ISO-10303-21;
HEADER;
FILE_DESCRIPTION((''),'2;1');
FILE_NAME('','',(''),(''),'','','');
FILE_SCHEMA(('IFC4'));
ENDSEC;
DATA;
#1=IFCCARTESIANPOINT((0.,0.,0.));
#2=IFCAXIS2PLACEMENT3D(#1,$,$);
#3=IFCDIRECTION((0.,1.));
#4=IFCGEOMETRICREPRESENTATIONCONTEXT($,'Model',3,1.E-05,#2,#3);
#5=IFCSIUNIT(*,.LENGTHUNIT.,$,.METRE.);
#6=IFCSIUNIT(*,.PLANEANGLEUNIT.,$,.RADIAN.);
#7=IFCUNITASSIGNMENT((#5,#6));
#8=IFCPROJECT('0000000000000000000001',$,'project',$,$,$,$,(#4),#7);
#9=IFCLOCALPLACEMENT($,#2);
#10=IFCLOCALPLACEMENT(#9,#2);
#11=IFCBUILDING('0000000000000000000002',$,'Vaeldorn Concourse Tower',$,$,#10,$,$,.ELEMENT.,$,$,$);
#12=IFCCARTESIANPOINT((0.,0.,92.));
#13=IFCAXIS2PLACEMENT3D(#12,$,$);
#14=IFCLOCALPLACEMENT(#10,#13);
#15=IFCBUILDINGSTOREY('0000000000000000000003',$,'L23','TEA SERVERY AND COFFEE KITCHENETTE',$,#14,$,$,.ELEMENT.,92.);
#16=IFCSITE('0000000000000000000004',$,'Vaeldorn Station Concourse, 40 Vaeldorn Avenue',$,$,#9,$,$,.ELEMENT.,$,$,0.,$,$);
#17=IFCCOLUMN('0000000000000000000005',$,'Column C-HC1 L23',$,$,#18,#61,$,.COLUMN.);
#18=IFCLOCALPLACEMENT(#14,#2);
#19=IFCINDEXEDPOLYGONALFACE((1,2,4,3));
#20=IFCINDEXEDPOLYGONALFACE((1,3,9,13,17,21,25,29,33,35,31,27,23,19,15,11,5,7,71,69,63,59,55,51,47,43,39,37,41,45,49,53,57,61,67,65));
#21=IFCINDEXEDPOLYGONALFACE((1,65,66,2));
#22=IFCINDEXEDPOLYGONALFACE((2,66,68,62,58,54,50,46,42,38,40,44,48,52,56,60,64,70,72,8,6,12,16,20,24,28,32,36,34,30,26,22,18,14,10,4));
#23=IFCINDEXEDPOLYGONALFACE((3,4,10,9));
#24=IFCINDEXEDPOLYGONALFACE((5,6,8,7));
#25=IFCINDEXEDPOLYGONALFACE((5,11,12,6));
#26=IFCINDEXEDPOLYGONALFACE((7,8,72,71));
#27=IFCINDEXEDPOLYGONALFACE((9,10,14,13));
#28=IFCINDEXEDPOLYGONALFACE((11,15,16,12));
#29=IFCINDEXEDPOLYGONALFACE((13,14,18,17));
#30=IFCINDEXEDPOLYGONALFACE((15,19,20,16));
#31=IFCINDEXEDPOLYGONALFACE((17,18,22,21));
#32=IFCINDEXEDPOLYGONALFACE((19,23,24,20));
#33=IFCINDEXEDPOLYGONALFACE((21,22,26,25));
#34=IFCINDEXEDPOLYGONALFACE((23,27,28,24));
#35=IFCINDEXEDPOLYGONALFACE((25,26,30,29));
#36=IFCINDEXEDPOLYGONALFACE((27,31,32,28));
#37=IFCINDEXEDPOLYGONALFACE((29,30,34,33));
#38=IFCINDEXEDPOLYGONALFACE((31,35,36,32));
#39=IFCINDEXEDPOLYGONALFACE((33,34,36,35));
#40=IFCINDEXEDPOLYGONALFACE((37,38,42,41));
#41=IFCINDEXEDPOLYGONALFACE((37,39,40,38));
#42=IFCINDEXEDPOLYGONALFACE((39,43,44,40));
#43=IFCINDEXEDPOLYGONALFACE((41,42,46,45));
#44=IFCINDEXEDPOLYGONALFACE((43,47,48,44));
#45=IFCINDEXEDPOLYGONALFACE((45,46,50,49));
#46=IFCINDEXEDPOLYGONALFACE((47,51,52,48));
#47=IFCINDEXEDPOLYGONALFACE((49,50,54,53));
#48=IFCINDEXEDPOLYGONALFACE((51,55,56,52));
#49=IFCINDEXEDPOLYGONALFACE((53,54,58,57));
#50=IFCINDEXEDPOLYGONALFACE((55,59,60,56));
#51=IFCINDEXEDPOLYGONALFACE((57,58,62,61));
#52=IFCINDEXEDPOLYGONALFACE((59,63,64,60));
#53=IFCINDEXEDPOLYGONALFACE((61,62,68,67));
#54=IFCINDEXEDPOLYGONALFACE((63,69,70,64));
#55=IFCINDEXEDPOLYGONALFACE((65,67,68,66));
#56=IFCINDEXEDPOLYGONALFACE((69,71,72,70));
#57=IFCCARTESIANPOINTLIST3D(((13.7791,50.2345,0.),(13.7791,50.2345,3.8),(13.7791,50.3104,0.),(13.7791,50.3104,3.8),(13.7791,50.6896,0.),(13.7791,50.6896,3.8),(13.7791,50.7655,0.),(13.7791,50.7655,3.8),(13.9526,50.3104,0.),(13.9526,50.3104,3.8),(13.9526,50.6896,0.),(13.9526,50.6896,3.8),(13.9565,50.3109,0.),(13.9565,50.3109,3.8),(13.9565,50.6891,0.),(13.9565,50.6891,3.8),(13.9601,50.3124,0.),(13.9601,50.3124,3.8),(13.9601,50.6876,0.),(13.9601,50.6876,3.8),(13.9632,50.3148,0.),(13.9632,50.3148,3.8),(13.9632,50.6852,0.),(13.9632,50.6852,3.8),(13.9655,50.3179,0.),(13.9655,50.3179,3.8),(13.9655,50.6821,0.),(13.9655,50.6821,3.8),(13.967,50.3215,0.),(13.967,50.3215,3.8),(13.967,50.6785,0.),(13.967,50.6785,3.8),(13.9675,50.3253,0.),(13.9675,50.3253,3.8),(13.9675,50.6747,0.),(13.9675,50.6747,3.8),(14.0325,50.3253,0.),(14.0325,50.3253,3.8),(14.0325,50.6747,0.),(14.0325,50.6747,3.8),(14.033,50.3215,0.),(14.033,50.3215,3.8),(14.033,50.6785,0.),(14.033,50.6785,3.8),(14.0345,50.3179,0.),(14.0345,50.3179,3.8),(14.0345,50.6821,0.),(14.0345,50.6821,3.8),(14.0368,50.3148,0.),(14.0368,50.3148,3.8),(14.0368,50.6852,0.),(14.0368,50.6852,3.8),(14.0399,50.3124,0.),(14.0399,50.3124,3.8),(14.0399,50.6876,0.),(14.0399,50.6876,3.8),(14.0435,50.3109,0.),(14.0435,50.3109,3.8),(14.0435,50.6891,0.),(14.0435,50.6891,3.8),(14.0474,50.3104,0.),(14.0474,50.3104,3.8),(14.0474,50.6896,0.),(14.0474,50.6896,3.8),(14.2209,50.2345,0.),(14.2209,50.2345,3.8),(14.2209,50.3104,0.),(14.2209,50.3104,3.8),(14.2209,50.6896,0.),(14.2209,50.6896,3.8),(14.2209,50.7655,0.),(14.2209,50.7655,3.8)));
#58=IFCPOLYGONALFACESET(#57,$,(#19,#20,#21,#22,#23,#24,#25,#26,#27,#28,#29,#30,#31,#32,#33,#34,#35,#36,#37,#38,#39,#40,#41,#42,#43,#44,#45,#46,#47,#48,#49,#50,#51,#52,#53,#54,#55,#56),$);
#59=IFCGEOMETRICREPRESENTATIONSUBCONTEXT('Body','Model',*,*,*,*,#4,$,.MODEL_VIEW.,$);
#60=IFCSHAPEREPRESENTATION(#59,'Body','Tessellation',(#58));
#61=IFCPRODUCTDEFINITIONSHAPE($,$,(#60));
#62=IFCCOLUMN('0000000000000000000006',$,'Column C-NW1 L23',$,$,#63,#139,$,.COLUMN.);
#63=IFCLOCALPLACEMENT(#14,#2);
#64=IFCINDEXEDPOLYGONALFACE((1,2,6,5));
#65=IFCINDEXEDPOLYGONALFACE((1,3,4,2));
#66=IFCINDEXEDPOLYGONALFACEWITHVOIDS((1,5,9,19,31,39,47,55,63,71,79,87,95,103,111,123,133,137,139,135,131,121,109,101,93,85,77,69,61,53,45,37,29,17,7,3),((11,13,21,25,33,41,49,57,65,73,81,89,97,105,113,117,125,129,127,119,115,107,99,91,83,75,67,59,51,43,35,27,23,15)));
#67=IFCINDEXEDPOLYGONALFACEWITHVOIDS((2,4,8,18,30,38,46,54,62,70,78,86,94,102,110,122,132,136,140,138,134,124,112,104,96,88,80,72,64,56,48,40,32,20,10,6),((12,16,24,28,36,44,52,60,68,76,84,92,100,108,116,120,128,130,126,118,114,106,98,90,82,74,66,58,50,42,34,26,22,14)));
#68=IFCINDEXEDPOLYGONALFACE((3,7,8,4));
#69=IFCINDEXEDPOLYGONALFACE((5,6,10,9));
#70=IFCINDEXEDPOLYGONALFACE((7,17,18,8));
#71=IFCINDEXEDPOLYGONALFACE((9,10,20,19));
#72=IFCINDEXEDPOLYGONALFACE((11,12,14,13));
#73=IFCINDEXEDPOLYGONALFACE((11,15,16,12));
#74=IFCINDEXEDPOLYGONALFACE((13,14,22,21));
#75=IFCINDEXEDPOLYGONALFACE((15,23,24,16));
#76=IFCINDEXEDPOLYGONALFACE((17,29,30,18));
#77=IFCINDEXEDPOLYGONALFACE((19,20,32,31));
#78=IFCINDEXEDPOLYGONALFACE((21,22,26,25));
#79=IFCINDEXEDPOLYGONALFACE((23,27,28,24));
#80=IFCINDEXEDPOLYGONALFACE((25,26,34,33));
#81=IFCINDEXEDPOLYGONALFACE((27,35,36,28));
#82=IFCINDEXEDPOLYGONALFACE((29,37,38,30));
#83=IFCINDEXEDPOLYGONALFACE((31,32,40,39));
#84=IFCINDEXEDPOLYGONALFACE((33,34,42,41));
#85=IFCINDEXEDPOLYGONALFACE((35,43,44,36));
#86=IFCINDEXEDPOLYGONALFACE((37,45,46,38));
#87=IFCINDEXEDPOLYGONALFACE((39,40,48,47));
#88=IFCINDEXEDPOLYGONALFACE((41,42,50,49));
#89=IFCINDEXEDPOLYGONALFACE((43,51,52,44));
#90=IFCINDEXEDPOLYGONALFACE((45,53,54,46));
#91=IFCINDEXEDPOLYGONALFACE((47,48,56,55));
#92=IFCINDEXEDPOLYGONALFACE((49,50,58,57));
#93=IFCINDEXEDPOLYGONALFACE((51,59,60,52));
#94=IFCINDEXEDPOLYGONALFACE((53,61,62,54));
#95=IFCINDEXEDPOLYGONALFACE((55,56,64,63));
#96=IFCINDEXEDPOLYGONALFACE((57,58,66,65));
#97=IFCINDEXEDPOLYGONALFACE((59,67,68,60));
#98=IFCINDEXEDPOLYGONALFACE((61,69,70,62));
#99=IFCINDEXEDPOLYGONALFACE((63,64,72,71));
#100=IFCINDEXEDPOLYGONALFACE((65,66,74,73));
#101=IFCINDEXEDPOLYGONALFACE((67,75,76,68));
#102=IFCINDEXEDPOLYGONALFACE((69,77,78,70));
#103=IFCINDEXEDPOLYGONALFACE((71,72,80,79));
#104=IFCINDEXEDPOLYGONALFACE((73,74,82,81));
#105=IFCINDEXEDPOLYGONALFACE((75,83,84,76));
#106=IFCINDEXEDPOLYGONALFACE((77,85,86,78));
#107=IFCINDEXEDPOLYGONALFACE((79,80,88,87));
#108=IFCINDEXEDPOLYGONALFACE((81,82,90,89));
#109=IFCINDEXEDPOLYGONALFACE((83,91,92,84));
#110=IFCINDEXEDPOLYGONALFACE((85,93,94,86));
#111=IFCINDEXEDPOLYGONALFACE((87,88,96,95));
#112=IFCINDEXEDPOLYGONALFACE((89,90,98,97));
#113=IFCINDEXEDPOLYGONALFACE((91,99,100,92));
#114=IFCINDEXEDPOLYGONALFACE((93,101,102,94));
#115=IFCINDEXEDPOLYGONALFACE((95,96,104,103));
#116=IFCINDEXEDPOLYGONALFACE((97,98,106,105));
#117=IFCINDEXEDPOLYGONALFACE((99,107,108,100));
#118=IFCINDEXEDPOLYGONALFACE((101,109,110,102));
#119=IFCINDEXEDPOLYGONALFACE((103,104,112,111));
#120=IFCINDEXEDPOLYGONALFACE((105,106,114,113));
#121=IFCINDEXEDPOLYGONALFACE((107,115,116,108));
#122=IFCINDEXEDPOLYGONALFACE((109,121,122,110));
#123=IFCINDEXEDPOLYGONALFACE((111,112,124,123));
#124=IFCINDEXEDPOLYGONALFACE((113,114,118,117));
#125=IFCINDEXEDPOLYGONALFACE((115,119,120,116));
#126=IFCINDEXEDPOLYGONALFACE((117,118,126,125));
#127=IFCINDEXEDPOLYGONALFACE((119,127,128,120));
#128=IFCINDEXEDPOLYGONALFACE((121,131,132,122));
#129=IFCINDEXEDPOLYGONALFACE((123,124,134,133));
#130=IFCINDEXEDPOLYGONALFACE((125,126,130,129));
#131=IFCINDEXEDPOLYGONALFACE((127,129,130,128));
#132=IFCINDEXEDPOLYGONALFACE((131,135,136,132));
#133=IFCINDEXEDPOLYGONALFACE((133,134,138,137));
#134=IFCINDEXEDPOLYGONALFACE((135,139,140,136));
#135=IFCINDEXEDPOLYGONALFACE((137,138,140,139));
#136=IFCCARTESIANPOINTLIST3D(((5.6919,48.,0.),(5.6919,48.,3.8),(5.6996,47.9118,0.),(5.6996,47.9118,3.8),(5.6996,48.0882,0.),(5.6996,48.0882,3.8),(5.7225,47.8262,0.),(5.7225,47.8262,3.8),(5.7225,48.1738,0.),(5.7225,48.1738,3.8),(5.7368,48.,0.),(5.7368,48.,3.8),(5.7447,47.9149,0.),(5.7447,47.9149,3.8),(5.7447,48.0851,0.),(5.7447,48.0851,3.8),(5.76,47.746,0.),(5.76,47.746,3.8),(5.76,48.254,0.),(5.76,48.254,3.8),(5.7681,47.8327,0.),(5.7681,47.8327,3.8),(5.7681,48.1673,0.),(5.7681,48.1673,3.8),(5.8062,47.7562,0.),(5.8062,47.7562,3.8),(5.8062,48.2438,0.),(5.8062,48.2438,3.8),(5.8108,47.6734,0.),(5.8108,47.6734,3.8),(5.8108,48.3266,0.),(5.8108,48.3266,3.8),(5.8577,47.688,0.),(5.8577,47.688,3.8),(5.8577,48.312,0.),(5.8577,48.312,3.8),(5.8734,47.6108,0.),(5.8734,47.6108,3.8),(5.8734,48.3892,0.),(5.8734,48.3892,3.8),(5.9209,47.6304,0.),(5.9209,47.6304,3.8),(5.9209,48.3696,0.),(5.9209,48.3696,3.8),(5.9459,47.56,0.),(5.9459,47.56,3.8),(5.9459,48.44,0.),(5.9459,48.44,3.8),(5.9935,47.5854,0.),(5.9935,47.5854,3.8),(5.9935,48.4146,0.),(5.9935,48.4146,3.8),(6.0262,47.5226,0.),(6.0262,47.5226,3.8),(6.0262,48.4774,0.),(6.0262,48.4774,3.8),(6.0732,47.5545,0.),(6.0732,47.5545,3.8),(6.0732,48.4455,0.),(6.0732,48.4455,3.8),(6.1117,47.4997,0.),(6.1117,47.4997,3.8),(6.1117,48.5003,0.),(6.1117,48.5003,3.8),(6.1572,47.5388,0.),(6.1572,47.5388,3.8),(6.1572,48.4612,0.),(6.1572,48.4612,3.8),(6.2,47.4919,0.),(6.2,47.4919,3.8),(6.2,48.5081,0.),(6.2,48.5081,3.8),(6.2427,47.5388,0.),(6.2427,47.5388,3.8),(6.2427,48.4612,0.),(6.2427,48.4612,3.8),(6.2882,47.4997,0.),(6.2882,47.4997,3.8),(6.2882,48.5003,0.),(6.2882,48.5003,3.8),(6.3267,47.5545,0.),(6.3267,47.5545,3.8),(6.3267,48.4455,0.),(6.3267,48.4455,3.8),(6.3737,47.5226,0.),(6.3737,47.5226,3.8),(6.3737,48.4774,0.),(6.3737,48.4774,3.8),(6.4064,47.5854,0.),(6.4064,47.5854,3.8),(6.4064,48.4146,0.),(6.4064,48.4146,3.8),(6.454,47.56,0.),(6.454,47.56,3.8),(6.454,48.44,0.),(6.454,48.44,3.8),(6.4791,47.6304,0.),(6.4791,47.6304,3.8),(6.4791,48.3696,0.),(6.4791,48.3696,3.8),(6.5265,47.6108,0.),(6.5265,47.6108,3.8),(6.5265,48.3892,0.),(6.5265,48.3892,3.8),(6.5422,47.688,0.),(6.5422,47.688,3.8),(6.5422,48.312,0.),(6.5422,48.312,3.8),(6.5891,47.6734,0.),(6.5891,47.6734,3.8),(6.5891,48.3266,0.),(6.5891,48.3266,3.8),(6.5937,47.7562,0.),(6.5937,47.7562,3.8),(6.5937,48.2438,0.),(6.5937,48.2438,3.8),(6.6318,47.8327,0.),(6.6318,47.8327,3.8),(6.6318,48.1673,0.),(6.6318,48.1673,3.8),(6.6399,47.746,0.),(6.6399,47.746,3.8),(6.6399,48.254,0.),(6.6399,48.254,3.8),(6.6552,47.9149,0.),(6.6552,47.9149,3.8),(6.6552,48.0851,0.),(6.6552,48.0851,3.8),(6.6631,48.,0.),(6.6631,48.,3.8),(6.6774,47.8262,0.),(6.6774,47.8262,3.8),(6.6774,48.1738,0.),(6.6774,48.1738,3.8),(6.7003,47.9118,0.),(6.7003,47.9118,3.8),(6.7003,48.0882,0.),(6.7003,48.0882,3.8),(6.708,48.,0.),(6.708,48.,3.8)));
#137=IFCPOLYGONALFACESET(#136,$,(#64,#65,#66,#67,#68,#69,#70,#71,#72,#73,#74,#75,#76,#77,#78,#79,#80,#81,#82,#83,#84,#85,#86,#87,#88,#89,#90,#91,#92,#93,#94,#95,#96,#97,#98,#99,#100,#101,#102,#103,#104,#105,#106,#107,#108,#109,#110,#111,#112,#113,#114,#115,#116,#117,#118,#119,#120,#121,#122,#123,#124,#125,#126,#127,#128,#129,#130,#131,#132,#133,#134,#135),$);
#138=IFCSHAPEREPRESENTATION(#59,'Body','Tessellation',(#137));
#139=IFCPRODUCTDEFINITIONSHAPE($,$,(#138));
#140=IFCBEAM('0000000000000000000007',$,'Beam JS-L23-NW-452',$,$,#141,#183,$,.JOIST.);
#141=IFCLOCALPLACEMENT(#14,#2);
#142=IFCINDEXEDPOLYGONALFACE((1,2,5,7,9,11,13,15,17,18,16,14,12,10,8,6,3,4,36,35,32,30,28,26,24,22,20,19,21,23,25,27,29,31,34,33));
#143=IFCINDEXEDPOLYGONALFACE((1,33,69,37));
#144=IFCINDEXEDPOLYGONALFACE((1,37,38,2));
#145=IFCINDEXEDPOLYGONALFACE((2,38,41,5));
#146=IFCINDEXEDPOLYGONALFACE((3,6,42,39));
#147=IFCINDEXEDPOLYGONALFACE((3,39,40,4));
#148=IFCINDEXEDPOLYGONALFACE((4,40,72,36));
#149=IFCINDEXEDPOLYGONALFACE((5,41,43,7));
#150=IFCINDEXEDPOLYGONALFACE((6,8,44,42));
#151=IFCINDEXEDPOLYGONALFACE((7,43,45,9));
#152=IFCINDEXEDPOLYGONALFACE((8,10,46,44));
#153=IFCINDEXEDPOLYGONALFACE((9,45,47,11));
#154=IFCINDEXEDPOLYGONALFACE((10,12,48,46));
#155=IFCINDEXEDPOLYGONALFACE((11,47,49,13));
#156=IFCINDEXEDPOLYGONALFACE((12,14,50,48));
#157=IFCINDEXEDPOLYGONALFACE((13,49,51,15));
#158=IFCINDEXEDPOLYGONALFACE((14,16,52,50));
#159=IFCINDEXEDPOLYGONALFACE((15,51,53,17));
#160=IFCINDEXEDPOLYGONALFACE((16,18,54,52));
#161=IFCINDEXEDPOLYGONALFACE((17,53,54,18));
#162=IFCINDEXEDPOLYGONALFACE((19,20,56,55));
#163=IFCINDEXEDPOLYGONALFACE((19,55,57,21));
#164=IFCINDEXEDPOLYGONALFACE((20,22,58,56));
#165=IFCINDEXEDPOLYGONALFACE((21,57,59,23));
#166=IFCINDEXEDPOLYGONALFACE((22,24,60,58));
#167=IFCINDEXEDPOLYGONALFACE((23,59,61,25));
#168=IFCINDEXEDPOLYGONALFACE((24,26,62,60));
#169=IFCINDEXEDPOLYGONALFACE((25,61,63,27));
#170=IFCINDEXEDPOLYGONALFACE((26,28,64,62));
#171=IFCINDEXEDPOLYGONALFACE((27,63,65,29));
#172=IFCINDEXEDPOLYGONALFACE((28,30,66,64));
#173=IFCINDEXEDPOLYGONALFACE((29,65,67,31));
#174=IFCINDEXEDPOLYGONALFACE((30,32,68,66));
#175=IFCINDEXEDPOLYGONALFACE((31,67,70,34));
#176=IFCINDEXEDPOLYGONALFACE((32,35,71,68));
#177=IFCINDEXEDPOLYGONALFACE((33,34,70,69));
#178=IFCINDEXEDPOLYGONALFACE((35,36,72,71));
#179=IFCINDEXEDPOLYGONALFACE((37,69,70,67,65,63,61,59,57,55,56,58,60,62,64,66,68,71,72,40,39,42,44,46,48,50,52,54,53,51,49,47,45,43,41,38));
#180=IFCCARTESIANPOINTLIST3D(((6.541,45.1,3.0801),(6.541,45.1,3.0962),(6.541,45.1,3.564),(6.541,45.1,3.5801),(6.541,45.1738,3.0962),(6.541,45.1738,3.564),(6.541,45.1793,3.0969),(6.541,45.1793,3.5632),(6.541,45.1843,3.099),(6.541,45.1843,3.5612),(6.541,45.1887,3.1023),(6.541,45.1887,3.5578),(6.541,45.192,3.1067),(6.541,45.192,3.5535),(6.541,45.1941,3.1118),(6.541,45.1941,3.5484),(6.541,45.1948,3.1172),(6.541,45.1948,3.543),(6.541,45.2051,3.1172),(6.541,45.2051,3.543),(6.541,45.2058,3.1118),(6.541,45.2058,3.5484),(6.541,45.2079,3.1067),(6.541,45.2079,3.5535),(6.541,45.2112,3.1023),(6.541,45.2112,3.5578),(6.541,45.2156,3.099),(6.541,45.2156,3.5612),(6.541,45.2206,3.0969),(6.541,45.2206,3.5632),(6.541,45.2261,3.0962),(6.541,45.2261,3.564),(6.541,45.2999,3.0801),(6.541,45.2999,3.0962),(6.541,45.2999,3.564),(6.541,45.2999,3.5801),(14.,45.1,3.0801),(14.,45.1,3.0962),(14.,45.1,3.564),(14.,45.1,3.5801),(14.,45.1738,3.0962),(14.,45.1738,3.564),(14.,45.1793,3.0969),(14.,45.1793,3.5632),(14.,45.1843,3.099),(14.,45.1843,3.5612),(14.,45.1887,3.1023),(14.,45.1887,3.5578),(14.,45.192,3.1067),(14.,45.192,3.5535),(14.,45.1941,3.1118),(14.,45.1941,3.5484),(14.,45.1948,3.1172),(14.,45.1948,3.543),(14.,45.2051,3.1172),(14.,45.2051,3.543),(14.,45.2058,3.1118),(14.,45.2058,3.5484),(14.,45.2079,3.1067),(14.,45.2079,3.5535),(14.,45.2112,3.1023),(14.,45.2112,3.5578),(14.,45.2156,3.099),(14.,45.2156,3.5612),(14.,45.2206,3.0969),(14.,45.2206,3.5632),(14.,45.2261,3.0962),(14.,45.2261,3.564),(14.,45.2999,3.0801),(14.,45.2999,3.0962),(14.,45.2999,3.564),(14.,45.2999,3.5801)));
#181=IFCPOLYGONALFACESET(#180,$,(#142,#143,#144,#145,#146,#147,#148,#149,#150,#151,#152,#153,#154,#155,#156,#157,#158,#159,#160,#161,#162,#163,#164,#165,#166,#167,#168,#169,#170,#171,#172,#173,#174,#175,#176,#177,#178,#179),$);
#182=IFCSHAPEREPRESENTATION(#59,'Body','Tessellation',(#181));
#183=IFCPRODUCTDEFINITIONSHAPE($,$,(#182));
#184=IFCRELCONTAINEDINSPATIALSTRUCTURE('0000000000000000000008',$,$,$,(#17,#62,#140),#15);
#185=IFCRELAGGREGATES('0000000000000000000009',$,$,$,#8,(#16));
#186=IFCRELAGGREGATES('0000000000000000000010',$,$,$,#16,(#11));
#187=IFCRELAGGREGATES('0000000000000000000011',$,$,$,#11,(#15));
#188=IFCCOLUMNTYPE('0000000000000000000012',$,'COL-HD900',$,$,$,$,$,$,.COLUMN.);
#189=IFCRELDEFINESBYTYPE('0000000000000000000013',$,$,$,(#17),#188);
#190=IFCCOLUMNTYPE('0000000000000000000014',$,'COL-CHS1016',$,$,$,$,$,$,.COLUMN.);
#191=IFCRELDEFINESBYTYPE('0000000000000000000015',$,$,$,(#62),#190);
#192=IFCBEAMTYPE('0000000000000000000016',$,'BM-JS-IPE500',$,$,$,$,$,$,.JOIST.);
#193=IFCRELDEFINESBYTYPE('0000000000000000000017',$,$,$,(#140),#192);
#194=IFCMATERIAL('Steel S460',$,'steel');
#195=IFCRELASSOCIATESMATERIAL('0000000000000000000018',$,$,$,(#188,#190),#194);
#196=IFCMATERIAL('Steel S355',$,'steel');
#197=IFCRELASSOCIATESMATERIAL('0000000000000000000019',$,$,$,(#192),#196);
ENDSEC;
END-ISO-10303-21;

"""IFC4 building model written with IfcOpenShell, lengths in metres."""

from ifc_helpers import new_model, si_unit, direction, frame, origin, origin_2d, place, context, subcontext, project, spatial, hollow_circle, i_section, extrude, source, transform, mapped, material, material_profile, profile_set, type_object, element, save


model = new_model("IFC4")

# Units and contexts
model_context = context("Model", 3, precision=1e-05, world=origin(), true_north=direction((0.0, 1.0)))
body_context = subcontext(model_context, "Body", "Model", "MODEL_VIEW")
ifc_project = project(units=[si_unit("LENGTHUNIT", "METRE"), si_unit("PLANEANGLEUNIT", "RADIAN")], contexts=[model_context])

# Site, building, storey
site_placement = place(None, origin())
site = spatial("IfcSite", under=ifc_project, at=site_placement, Name="Vaeldorn Station Concourse, 40 Vaeldorn Avenue", CompositionType="ELEMENT", RefElevation=0.0)
building_placement = place(site_placement, origin())
building = spatial("IfcBuilding", under=site, at=building_placement, Name="Vaeldorn Concourse Tower", CompositionType="ELEMENT")
storey_placement = place(building_placement, frame((0.0, 0.0, 92.0)))
storey = spatial("IfcBuildingStorey", under=building, at=storey_placement, Name="L23", Description="TEA SERVERY AND COFFEE KITCHENETTE", CompositionType="ELEMENT", Elevation=92.0)

# Columns
ifc_material_1 = material(Name="Steel S460", Category="steel")
ifc_material_profile_1 = material_profile(ifc_material_1, i_section(OverallWidth=0.4419, OverallDepth=0.531, WebThickness=0.0649, FlangeThickness=0.0759, FilletRadius=0.0149, at=origin_2d()), Name="HD 400x900")
ifc_profile_set_1 = profile_set([ifc_material_profile_1], Name="Steel S460")
column_type_1 = type_object("IfcColumnType", Name="COL-HD900", PredefinedType="COLUMN", material=ifc_profile_set_1)
shared_shape_1 = source(origin(), body_context, "Body", "SweptSolid", [
    extrude(i_section(OverallWidth=0.4419, OverallDepth=0.531, WebThickness=0.0649, FlangeThickness=0.0759, FilletRadius=0.0149, at=origin_2d()), origin(), (0.0, 0.0, 1.0), 3.8),
])
column_1_placement = place(storey_placement, frame((14.0, 50.5, 0.0), z_axis=(0.0, 0.0, 1.0), x_axis=(1.0, 0.0, 0.0)))
element("IfcColumn", 1, at=column_1_placement, inside=storey, type_object=column_type_1, Name="Column C-HC1 L23", PredefinedType="COLUMN", context=body_context, shape_type="MappedRepresentation", body=[
    mapped(shared_shape_1, transform((0.0, 0.0, 0.0), scale=1.0)),
])
ifc_material_profile_2 = material_profile(ifc_material_1, hollow_circle(Radius=0.5081, WallThickness=0.0449, at=origin_2d()), Name="CHS 1016x45")
ifc_profile_set_2 = profile_set([ifc_material_profile_2], Name="Steel S460")
column_type_2 = type_object("IfcColumnType", Name="COL-CHS1016", PredefinedType="COLUMN", material=ifc_profile_set_2)
shared_shape_2 = source(origin(), body_context, "Body", "SweptSolid", [
    extrude(hollow_circle(Radius=0.5081, WallThickness=0.0449, at=origin_2d()), origin(), (0.0, 0.0, 1.0), 3.8),
])
column_2_placement = place(storey_placement, frame((6.2, 48.0, 0.0), z_axis=(0.0, 0.0, 1.0), x_axis=(1.0, 0.0, 0.0)))
element("IfcColumn", 2, at=column_2_placement, inside=storey, type_object=column_type_2, Name="Column C-NW1 L23", PredefinedType="COLUMN", context=body_context, shape_type="MappedRepresentation", body=[
    mapped(shared_shape_2, transform((0.0, 0.0, 0.0), scale=1.0)),
])

# Beam
ifc_material_2 = material(Name="Steel S355", Category="steel")
ifc_material_profile_3 = material_profile(ifc_material_2, i_section(OverallWidth=0.2, OverallDepth=0.5, WebThickness=0.0103, FlangeThickness=0.0161, FilletRadius=0.021, at=origin_2d()), Name="IPE 500")
ifc_profile_set_3 = profile_set([ifc_material_profile_3], Name="Steel S355")
beam_type_1 = type_object("IfcBeamType", Name="BM-JS-IPE500", PredefinedType="JOIST", material=ifc_profile_set_3)
shared_shape_3 = source(origin(), body_context, "Body", "SweptSolid", [
    extrude(i_section(OverallWidth=0.2, OverallDepth=0.5, WebThickness=0.0103, FlangeThickness=0.0161, FilletRadius=0.021, at=origin_2d()), origin(), (0.0, 0.0, 1.0), 7.459),
])
beam_1_placement = place(storey_placement, frame((6.541, 45.2, 3.3301), z_axis=(1.0, 0.0, 0.0), x_axis=(0.0, 1.0, 0.0)))
element("IfcBeam", 3, at=beam_1_placement, inside=storey, type_object=beam_type_1, Name="Beam JS-L23-NW-452", PredefinedType="JOIST", context=body_context, shape_type="MappedRepresentation", body=[
    mapped(shared_shape_3, transform((0.0, 0.0, 0.0), scale=1.0)),
])

save(model, "model.ifc")
